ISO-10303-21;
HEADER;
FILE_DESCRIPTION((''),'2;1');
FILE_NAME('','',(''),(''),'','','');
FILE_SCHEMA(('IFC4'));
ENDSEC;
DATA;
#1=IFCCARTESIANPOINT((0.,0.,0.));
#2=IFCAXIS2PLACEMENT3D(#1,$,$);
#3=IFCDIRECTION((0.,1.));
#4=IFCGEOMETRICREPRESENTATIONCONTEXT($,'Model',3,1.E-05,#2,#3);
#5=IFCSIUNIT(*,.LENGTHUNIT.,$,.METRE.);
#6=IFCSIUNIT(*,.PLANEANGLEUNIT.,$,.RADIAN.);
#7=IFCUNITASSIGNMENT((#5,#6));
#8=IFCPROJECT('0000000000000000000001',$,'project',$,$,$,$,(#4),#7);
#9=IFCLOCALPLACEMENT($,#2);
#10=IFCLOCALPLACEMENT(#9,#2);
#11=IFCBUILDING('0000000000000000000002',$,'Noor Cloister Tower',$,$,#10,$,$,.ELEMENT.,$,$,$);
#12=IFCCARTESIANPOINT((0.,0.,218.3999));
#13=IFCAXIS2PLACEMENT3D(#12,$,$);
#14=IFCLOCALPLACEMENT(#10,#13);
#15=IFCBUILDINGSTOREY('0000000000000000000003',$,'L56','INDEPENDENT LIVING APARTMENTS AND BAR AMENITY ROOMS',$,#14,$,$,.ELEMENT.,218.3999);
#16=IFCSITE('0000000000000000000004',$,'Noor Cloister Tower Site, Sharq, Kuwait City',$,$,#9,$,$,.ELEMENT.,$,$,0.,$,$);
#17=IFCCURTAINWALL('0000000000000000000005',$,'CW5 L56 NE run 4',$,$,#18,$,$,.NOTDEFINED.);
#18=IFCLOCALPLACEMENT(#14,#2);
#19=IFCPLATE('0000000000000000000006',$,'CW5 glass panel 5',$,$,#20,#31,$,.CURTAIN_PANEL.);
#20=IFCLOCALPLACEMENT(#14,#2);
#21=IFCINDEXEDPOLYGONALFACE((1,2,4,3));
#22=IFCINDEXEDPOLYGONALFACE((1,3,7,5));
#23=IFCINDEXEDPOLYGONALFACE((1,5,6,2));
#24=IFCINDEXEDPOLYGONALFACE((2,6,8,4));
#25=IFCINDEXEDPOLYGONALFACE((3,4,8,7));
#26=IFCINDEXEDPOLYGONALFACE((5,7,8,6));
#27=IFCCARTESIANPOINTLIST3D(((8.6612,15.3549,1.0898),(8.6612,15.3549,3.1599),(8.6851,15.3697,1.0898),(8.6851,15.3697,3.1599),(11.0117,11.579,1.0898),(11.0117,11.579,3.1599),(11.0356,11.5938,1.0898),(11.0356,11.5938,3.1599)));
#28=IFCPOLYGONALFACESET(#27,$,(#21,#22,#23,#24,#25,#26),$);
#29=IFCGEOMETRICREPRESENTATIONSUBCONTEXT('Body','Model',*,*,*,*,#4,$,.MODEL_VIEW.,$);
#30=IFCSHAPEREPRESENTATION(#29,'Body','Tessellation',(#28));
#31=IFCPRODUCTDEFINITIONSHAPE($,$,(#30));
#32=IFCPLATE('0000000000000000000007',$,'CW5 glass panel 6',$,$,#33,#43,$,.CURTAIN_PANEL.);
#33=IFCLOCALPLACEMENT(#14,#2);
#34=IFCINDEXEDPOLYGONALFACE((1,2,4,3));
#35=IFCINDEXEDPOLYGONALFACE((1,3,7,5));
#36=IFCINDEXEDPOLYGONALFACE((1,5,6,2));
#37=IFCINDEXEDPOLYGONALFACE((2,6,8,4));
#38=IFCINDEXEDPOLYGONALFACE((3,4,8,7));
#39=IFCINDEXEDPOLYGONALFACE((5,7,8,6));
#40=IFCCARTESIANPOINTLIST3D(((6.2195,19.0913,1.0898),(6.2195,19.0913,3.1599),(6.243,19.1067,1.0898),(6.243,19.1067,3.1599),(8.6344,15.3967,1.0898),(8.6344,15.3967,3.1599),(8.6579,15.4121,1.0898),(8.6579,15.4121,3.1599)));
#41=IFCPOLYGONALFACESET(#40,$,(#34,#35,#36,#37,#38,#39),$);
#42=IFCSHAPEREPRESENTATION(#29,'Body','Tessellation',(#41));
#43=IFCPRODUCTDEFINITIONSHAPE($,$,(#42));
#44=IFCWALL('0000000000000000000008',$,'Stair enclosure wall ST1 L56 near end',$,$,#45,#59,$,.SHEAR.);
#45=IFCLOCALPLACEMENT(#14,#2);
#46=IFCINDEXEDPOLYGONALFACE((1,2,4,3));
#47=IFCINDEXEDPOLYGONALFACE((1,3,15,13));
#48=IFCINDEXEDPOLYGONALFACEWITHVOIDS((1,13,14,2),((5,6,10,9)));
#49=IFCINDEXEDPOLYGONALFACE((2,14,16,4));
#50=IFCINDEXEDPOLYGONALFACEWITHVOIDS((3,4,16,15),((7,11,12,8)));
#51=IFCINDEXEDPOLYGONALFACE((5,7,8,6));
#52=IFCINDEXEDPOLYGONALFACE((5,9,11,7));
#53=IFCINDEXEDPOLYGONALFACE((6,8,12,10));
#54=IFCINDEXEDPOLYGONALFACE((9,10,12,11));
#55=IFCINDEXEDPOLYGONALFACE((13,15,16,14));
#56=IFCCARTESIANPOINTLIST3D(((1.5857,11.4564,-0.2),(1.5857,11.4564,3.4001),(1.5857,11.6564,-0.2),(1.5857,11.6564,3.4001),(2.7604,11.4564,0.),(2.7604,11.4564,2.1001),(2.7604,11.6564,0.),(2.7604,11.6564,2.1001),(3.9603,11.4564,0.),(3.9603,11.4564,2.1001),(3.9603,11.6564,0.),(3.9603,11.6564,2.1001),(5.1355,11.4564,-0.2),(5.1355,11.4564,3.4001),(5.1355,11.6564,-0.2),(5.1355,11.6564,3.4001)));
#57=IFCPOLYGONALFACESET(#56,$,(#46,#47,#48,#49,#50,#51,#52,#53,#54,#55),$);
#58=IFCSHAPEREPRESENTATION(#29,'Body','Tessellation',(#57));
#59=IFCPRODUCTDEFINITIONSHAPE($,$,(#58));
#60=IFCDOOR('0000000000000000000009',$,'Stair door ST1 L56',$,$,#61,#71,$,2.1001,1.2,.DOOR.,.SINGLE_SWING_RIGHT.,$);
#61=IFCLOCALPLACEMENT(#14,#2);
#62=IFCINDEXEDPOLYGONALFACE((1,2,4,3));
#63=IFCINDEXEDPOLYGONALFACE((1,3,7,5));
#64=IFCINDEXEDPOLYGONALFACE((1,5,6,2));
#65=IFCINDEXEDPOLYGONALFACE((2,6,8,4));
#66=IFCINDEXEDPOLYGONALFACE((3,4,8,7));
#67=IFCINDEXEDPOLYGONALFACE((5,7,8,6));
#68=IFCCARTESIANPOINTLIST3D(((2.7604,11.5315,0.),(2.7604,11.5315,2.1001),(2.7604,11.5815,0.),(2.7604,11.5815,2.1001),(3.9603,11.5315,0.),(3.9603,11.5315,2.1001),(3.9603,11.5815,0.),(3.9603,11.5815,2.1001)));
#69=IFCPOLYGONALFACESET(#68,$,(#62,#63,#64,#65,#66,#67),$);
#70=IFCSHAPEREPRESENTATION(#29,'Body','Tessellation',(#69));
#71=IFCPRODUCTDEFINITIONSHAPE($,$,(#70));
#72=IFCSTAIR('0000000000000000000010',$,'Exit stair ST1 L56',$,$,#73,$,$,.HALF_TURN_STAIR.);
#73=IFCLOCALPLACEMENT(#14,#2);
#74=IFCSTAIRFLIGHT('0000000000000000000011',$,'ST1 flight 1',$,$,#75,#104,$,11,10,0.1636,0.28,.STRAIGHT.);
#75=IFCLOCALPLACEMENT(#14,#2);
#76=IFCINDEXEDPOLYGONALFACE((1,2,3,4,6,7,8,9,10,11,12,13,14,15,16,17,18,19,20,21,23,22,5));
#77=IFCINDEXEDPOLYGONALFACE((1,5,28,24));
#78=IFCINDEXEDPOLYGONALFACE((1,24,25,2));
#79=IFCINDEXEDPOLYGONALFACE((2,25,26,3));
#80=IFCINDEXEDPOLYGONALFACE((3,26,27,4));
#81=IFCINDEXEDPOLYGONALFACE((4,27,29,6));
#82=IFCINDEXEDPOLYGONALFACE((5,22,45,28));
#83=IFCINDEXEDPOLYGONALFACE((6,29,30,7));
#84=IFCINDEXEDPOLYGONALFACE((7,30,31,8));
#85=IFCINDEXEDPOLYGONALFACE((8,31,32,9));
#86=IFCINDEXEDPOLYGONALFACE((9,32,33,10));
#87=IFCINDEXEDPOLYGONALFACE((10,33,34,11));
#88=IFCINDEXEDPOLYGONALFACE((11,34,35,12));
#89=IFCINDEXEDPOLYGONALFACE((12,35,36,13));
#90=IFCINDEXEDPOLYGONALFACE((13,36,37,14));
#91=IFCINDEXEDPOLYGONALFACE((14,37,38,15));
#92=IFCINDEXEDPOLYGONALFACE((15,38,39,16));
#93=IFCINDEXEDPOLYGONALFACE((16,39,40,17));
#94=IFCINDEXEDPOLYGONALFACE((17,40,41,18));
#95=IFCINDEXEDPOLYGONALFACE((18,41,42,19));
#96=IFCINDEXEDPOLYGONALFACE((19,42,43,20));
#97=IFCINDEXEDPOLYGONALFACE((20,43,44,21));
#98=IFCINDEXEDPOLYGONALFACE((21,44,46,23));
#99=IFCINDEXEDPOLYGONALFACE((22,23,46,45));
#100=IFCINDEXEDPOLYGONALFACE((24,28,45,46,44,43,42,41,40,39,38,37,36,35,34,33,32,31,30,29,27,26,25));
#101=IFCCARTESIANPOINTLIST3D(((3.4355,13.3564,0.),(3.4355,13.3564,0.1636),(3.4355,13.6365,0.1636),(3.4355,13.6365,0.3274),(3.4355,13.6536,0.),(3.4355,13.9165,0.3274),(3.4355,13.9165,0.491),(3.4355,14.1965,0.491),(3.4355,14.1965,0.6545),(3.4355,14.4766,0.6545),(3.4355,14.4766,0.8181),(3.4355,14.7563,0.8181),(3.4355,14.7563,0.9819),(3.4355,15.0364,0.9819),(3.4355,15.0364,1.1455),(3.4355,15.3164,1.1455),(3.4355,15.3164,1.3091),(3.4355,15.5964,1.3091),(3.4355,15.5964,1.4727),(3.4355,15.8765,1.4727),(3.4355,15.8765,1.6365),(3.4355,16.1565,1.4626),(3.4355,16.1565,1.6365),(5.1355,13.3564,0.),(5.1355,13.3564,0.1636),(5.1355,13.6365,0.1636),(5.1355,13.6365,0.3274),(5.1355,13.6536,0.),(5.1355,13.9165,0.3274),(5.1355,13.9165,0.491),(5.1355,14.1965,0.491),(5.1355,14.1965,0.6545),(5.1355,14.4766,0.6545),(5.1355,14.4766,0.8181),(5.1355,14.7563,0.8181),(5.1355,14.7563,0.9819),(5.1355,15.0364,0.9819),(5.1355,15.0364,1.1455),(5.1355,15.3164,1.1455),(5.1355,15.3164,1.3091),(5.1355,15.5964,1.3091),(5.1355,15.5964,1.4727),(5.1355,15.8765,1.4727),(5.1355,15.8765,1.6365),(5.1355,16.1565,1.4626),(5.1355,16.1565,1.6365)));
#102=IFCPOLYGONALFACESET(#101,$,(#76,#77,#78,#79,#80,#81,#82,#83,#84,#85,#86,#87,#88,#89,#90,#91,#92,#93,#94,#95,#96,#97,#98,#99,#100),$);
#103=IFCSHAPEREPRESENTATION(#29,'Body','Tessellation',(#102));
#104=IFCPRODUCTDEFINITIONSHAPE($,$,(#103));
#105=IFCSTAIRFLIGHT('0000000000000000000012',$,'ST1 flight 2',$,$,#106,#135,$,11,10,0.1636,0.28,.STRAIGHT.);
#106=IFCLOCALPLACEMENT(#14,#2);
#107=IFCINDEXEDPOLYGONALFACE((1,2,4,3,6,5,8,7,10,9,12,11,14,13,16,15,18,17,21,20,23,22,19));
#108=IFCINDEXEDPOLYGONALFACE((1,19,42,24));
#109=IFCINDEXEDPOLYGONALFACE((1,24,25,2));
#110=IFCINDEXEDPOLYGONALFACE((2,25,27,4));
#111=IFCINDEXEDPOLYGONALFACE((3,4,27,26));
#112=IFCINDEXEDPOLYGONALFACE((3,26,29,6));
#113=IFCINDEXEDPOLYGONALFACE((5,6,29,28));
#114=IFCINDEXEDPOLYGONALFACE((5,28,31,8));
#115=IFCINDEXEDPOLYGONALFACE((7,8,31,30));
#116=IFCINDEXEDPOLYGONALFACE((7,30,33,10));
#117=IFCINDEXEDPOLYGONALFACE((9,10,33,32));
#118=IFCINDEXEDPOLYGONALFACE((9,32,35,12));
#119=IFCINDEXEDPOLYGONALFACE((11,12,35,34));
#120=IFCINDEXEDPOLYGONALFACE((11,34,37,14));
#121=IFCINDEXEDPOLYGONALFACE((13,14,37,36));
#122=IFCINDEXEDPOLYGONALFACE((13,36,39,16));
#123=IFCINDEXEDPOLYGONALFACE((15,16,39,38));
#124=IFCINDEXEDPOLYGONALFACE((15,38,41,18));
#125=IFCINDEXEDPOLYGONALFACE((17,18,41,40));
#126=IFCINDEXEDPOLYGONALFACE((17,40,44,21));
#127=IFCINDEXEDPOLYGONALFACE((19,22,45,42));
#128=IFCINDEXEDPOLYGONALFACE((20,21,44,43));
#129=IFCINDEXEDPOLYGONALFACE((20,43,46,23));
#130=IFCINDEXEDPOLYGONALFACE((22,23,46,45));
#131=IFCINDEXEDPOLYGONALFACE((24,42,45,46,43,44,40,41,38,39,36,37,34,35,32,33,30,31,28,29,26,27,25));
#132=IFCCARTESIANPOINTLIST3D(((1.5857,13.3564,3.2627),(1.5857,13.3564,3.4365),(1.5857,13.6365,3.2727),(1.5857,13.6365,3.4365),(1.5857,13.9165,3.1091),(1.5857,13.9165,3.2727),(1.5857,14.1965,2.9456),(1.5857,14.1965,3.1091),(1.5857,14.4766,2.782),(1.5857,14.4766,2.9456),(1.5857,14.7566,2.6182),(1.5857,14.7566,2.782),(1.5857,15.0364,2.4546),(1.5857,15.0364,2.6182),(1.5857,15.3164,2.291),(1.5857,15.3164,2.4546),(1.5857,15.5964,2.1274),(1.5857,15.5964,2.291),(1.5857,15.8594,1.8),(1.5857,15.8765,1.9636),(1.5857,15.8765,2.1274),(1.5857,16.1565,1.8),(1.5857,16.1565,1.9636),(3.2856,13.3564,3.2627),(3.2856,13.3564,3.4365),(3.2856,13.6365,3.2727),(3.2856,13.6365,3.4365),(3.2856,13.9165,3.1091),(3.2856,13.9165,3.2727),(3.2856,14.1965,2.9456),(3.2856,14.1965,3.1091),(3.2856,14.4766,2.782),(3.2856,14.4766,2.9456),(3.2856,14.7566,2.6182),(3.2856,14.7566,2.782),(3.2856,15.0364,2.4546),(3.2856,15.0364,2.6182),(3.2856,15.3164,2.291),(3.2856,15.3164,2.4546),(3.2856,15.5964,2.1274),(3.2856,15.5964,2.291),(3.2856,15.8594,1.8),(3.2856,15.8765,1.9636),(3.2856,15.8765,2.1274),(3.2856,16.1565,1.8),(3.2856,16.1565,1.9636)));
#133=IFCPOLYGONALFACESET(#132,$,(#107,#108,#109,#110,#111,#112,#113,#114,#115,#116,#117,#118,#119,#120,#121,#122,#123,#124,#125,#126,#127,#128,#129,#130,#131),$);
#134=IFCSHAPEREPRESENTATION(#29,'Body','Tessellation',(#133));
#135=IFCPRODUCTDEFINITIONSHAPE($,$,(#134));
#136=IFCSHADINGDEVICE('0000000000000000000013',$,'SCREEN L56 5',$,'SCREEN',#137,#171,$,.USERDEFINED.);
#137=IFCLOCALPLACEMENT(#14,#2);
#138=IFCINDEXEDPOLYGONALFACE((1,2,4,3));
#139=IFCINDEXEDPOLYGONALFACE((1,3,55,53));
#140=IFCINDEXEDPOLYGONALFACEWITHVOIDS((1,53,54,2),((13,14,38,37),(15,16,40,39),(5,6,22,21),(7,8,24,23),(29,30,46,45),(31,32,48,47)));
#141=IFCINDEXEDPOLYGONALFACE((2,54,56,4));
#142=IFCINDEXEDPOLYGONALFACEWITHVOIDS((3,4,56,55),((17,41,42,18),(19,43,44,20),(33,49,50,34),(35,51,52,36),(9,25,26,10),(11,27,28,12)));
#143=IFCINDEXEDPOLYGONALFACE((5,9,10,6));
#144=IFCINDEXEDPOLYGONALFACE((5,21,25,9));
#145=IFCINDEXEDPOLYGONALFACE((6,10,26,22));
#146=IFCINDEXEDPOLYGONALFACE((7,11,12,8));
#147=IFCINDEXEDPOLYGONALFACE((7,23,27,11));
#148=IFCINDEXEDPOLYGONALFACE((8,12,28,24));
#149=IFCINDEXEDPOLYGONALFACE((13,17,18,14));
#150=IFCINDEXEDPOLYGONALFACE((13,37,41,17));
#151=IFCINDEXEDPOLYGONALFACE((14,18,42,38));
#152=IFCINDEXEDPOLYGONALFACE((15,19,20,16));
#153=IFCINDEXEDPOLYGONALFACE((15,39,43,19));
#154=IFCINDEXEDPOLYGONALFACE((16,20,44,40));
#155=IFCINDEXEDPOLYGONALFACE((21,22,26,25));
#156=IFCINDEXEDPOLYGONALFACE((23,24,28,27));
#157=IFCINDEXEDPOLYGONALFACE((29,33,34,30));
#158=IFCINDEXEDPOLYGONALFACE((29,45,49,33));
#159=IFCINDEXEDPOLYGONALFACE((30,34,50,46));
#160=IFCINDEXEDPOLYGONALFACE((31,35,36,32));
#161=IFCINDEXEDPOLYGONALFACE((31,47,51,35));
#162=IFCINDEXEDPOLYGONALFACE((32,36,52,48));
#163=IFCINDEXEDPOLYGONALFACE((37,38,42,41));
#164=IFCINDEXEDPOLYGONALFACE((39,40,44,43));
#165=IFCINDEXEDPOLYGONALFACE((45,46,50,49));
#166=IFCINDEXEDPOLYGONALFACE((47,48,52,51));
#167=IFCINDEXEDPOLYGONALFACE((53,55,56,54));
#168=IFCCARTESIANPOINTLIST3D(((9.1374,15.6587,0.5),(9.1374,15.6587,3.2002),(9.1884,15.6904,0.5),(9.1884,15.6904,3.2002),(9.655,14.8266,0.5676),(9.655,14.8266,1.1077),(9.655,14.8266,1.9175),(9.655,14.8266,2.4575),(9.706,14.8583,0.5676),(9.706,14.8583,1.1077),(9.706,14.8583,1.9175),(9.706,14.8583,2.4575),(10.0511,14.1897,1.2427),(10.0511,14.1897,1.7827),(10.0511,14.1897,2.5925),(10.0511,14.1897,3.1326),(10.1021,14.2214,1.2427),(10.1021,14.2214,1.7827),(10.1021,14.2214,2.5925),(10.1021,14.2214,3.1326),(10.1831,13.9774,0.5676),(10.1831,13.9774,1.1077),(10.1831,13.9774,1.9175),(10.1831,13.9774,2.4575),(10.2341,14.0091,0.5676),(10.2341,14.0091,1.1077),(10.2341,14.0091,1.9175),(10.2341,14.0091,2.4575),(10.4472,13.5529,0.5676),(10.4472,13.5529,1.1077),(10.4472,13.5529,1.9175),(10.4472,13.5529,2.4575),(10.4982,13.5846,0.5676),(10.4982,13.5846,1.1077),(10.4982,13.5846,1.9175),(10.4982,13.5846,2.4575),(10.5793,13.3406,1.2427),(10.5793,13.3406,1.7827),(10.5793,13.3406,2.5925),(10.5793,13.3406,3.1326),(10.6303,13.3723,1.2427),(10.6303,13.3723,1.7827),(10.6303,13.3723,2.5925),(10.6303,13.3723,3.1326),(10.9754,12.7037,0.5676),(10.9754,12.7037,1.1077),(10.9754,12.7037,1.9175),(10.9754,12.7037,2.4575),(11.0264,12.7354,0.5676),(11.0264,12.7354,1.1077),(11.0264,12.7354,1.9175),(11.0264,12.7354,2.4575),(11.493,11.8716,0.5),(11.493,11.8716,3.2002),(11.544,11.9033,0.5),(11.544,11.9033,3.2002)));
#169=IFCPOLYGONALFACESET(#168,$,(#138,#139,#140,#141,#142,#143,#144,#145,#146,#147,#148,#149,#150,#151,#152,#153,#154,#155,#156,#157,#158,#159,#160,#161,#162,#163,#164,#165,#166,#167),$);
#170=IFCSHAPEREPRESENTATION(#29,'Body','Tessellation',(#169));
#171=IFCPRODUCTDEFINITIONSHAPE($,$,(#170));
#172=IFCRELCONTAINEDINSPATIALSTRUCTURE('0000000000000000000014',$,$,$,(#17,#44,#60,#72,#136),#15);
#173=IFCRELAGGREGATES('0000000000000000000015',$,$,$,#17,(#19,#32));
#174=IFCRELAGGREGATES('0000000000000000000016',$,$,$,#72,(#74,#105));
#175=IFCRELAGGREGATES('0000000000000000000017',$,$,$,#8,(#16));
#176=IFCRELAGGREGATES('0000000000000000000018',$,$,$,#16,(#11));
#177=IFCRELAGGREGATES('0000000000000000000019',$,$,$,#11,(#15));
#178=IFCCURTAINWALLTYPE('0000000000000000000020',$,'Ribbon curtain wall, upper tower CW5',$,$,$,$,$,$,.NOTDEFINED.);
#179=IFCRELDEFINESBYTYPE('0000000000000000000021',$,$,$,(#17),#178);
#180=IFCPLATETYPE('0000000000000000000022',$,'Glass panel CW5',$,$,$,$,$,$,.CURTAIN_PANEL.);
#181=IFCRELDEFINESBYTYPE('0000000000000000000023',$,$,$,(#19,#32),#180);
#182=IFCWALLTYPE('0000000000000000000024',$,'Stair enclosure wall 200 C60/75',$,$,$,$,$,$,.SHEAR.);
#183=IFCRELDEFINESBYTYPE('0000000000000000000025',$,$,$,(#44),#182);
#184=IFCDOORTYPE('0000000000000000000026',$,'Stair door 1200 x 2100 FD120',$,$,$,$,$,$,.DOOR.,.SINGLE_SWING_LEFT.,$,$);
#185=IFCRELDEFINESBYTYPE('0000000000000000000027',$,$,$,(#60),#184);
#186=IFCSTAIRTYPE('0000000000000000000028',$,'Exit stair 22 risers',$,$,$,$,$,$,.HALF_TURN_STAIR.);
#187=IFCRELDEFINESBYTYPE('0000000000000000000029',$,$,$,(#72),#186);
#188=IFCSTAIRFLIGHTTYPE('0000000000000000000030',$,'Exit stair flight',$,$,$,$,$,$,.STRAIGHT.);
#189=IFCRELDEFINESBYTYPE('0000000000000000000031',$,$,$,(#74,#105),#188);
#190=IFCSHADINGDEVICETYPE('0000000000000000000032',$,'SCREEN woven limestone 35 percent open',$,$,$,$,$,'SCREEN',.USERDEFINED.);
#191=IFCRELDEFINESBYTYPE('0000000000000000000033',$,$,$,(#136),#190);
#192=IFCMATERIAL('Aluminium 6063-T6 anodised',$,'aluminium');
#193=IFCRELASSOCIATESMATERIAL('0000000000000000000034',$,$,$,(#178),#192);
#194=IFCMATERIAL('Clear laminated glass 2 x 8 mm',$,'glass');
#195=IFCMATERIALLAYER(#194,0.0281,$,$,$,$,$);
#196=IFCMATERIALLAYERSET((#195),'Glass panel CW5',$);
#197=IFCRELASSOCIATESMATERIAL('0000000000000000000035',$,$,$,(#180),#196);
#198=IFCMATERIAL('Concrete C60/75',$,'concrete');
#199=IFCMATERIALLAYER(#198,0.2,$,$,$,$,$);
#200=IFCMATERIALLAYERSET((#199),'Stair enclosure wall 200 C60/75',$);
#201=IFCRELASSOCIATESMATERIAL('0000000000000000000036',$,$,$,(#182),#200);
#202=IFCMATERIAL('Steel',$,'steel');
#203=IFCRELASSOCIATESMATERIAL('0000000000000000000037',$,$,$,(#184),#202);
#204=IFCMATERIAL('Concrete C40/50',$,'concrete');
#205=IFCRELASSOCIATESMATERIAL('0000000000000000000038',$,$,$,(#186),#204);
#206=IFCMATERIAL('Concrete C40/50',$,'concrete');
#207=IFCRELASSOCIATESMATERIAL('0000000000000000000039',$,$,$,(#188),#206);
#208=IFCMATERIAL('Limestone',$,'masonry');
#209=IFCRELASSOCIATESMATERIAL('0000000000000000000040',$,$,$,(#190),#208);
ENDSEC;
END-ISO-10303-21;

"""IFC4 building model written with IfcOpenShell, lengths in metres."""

from ifc_helpers import new_model, si_unit, direction, frame, frame_2d, origin, origin_2d, place, context, subcontext, project, spatial, polyline, rectangle, outline, extrude, material, layer, layer_set, material_profile, profile_set, type_object, element, fill, aggregate, save


model = new_model("IFC4")

# Units and contexts
model_context = context("Model", 3, precision=1e-05, world=origin(), true_north=direction((0.0, 1.0)))
body_context = subcontext(model_context, "Body", "Model", "MODEL_VIEW")
ifc_project = project(units=[si_unit("LENGTHUNIT", "METRE"), si_unit("PLANEANGLEUNIT", "RADIAN")], contexts=[model_context])

# Site, building, storey
site_placement = place(None, origin())
site = spatial("IfcSite", under=ifc_project, at=site_placement, Name="Noor Cloister Tower Site, Sharq, Kuwait City", CompositionType="ELEMENT", RefElevation=0.0)
building_placement = place(site_placement, origin())
building = spatial("IfcBuilding", under=site, at=building_placement, Name="Noor Cloister Tower", CompositionType="ELEMENT")
storey_placement = place(building_placement, frame((0.0, 0.0, 218.3999)))
storey = spatial("IfcBuildingStorey", under=building, at=storey_placement, Name="L56", Description="INDEPENDENT LIVING APARTMENTS AND BAR AMENITY ROOMS", CompositionType="ELEMENT", Elevation=218.3999)

# Curtain wall
ifc_material_1 = material(Name="Aluminium 6063-T6 anodised", Category="aluminium")
curtain_wall_type = type_object("IfcCurtainWallType", Name="Ribbon curtain wall, upper tower CW5", PredefinedType="NOTDEFINED", material=ifc_material_1)
curtain_wall_placement = place(storey_placement, origin())
curtain_wall = element("IfcCurtainWall", 1, at=curtain_wall_placement, inside=storey, type_object=curtain_wall_type, Name="CW5 L56 NE run 4", PredefinedType="NOTDEFINED")

# Plates
ifc_material_2 = material(Name="Clear laminated glass 2 x 8 mm", Category="glass")
ifc_layer_1 = layer(ifc_material_2, 0.0281)
ifc_layer_set_1 = layer_set([ifc_layer_1], Name="Glass panel CW5")
plate_type = type_object("IfcPlateType", Name="Glass panel CW5", PredefinedType="CURTAIN_PANEL", material=ifc_layer_set_1)
plate_1_placement = place(storey_placement, frame((9.8484, 13.4744, 1.0898), z_axis=(0.0, 0.0, 1.0), x_axis=(-0.528471, 0.848951, 0.0)))
plate_1 = element("IfcPlate", 2, at=plate_1_placement, type_object=plate_type, Name="CW5 glass panel 5", PredefinedType="CURTAIN_PANEL", context=body_context, shape_type="SweptSolid", body=[
    extrude(rectangle(XDim=4.4478, YDim=0.0281, at=origin_2d()), origin(), (0.0, 0.0, 1.0), 2.0701),
])
plate_2_placement = place(storey_placement, frame((7.4387, 17.2517, 1.0898), z_axis=(0.0, 0.0, 1.0), x_axis=(-0.547131, 0.837047, 0.0)))
plate_2 = element("IfcPlate", 3, at=plate_2_placement, type_object=plate_type, Name="CW5 glass panel 6", PredefinedType="CURTAIN_PANEL", context=body_context, shape_type="SweptSolid", body=[
    extrude(rectangle(XDim=4.4138, YDim=0.0281, at=origin_2d()), origin(), (0.0, 0.0, 1.0), 2.0701),
])
aggregate(curtain_wall, [plate_1, plate_2])

# Wall, opening, door
ifc_material_3 = material(Name="Concrete C60/75", Category="concrete")
ifc_layer_2 = layer(ifc_material_3, 0.2)
ifc_layer_set_2 = layer_set([ifc_layer_2], Name="Stair enclosure wall 200 C60/75")
wall_type = type_object("IfcWallType", Name="Stair enclosure wall 200 C60/75", PredefinedType="SHEAR", material=ifc_layer_set_2)
wall_placement = place(storey_placement, frame((5.1355, 11.5564, -0.2), z_axis=(0.0, 0.0, 1.0), x_axis=(-1.0, 0.0, 0.0)))
wall = element("IfcWall", 4, at=wall_placement, inside=storey, type_object=wall_type, Name="Stair enclosure wall ST1 L56 near end", PredefinedType="SHEAR", context=body_context, shape_type="SweptSolid", body=[
    extrude(rectangle(XDim=3.5498, YDim=0.2, at=frame_2d((1.7749, 0.0))), origin(), (0.0, 0.0, 1.0), 3.6001),
])
opening_placement = place(wall_placement, frame((1.175, 0.0, 0.2)))
opening = element("IfcOpeningElement", 5, at=opening_placement, cuts=wall, PredefinedType="OPENING", context=body_context, shape_type="SweptSolid", body=[
    extrude(rectangle(XDim=1.2, YDim=2.1001, at=frame_2d((0.6001, 1.05))), frame((0.0, 0.1099, 0.0), z_axis=(0.0, -1.0, 0.0), x_axis=(1.0, 0.0, 0.0)), (0.0, 0.0, 1.0), 0.22),
])
ifc_material_4 = material(Name="Steel", Category="steel")
door_type = type_object("IfcDoorType", Name="Stair door 1200 x 2100 FD120", OperationType="SINGLE_SWING_LEFT", PredefinedType="DOOR", material=ifc_material_4)
door_placement = place(opening_placement, origin())
door = element("IfcDoor", 6, at=door_placement, inside=storey, type_object=door_type, Name="Stair door ST1 L56", OperationType="SINGLE_SWING_RIGHT", OverallHeight=2.1001, OverallWidth=1.2, PredefinedType="DOOR", context=body_context, shape_type="SweptSolid", body=[
    extrude(rectangle(XDim=1.2, YDim=2.1001, at=frame_2d((0.6001, 1.05))), frame((0.0, 0.0249, 0.0), z_axis=(0.0, -1.0, 0.0), x_axis=(1.0, 0.0, 0.0)), (0.0, 0.0, 1.0), 0.05),
])
fill(opening, door)

# Stair, stair flights
ifc_material_5 = material(Name="Concrete C40/50", Category="concrete")
stair_type = type_object("IfcStairType", Name="Exit stair 22 risers", PredefinedType="HALF_TURN_STAIR", material=ifc_material_5)
stair_placement = place(storey_placement, origin())
stair = element("IfcStair", 7, at=stair_placement, inside=storey, type_object=stair_type, Name="Exit stair ST1 L56", PredefinedType="HALF_TURN_STAIR")
ifc_material_6 = material(Name="Concrete C40/50", Category="concrete")
stair_flight_type = type_object("IfcStairFlightType", Name="Exit stair flight", PredefinedType="STRAIGHT", material=ifc_material_6)
stair_flight_1_placement = place(storey_placement, frame((4.2856, 13.3564, 0.0), z_axis=(0.0, 0.0, 1.0), x_axis=(0.0, 1.0, 0.0)))
stair_flight_1 = element("IfcStairFlight", 8, at=stair_flight_1_placement, type_object=stair_flight_type, Name="ST1 flight 1", NumberOfRisers=11, NumberOfTreads=10, PredefinedType="STRAIGHT", RiserHeight=0.1636, TreadLength=0.28, context=body_context, shape_type="SweptSolid", body=[
    extrude(outline(polyline([(0.0, 0.0), (0.0, 0.1636), (0.28, 0.1636), (0.28, 0.3274), (0.5601, 0.3274), (0.5601, 0.491), (0.8401, 0.491), (0.8401, 0.6545), (1.1201, 0.6545), (1.1201, 0.8181), (1.3999, 0.8181), (1.3999, 0.9819), (1.6799, 0.9819), (1.6799, 1.1455), (1.96, 1.1455), (1.96, 1.3091), (2.24, 1.3091), (2.24, 1.4727), (2.52, 1.4727), (2.52, 1.6365), (2.8, 1.6365), (2.8, 1.8), (2.8, 1.4626), (0.2971, 0.0), (0.0, 0.0)])), frame((0.0, 0.8501, 0.0), z_axis=(0.0, -1.0, 0.0), x_axis=(1.0, 0.0, 0.0)), (0.0, 0.0, 1.0), 1.7),
])
stair_flight_2_placement = place(storey_placement, frame((2.4355, 16.1565, 1.8), z_axis=(0.0, 0.0, 1.0), x_axis=(0.0, -1.0, 0.0)))
stair_flight_2 = element("IfcStairFlight", 9, at=stair_flight_2_placement, type_object=stair_flight_type, Name="ST1 flight 2", NumberOfRisers=11, NumberOfTreads=10, PredefinedType="STRAIGHT", RiserHeight=0.1636, TreadLength=0.28, context=body_context, shape_type="SweptSolid", body=[
    extrude(outline(polyline([(0.0, 0.0), (0.0, 0.1636), (0.28, 0.1636), (0.28, 0.3274), (0.5601, 0.3274), (0.5601, 0.491), (0.8401, 0.491), (0.8401, 0.6545), (1.1201, 0.6545), (1.1201, 0.8181), (1.3999, 0.8181), (1.3999, 0.9819), (1.6799, 0.9819), (1.6799, 1.1455), (1.96, 1.1455), (1.96, 1.3091), (2.24, 1.3091), (2.24, 1.4727), (2.52, 1.4727), (2.52, 1.6365), (2.8, 1.6365), (2.8, 1.8), (2.8, 1.4626), (0.2971, 0.0), (0.0, 0.0)])), frame((0.0, 0.8501, 0.0), z_axis=(0.0, -1.0, 0.0), x_axis=(1.0, 0.0, 0.0)), (0.0, 0.0, 1.0), 1.7),
])
aggregate(stair, [stair_flight_1, stair_flight_2])

# Shading device
ifc_material_7 = material(Name="Limestone", Category="masonry")
ifc_material_profile_1 = material_profile(ifc_material_7, outline(polyline([(-2.23, -1.3501), (2.23, -1.3501), (2.23, 1.3501), (-2.23, 1.3501), (-2.23, -1.3501)]), holes=[polyline([(-1.25, -1.2825), (-0.25, -1.2825), (-0.25, -0.7424), (-1.25, -0.7424), (-1.25, -1.2825)]), polyline([(0.25, -1.2825), (1.25, -1.2825), (1.25, -0.7424), (0.25, -0.7424), (0.25, -1.2825)]), polyline([(-0.5, -0.6074), (0.5, -0.6074), (0.5, -0.0674), (-0.5, -0.0674), (-0.5, -0.6074)]), polyline([(-1.25, 0.0674), (-0.25, 0.0674), (-0.25, 0.6074), (-1.25, 0.6074), (-1.25, 0.0674)]), polyline([(0.25, 0.0674), (1.25, 0.0674), (1.25, 0.6074), (0.25, 0.6074), (0.25, 0.0674)]), polyline([(-0.5, 0.7424), (0.5, 0.7424), (0.5, 1.2825), (-0.5, 1.2825), (-0.5, 0.7424)])]), Name="Woven screen 35 percent open")
ifc_profile_set_1 = profile_set([ifc_material_profile_1], Name="Limestone")
shading_device_type = type_object("IfcShadingDeviceType", Name="SCREEN woven limestone 35 percent open", ElementType="SCREEN", PredefinedType="USERDEFINED", material=ifc_profile_set_1)
shading_device_1_placement = place(storey_placement, frame((10.3152, 13.7651, 1.8501), z_axis=(0.849138, 0.528172, 0.0), x_axis=(-0.528172, 0.849138, 0.0)))
element("IfcShadingDevice", 10, at=shading_device_1_placement, inside=storey, type_object=shading_device_type, Name="SCREEN L56 5", ObjectType="SCREEN", PredefinedType="USERDEFINED", context=body_context, shape_type="SweptSolid", body=[
    extrude(outline(polyline([(-2.23, -1.3501), (2.23, -1.3501), (2.23, 1.3501), (-2.23, 1.3501), (-2.23, -1.3501)]), holes=[polyline([(-1.25, -1.2825), (-0.25, -1.2825), (-0.25, -0.7424), (-1.25, -0.7424), (-1.25, -1.2825)]), polyline([(0.25, -1.2825), (1.25, -1.2825), (1.25, -0.7424), (0.25, -0.7424), (0.25, -1.2825)]), polyline([(-0.5, -0.6074), (0.5, -0.6074), (0.5, -0.0674), (-0.5, -0.0674), (-0.5, -0.6074)]), polyline([(-1.25, 0.0674), (-0.25, 0.0674), (-0.25, 0.6074), (-1.25, 0.6074), (-1.25, 0.0674)]), polyline([(0.25, 0.0674), (1.25, 0.0674), (1.25, 0.6074), (0.25, 0.6074), (0.25, 0.0674)]), polyline([(-0.5, 0.7424), (0.5, 0.7424), (0.5, 1.2825), (-0.5, 1.2825), (-0.5, 0.7424)])]), origin(), (0.0, 0.0, 1.0), 0.0601),
])

save(model, "model.ifc")
